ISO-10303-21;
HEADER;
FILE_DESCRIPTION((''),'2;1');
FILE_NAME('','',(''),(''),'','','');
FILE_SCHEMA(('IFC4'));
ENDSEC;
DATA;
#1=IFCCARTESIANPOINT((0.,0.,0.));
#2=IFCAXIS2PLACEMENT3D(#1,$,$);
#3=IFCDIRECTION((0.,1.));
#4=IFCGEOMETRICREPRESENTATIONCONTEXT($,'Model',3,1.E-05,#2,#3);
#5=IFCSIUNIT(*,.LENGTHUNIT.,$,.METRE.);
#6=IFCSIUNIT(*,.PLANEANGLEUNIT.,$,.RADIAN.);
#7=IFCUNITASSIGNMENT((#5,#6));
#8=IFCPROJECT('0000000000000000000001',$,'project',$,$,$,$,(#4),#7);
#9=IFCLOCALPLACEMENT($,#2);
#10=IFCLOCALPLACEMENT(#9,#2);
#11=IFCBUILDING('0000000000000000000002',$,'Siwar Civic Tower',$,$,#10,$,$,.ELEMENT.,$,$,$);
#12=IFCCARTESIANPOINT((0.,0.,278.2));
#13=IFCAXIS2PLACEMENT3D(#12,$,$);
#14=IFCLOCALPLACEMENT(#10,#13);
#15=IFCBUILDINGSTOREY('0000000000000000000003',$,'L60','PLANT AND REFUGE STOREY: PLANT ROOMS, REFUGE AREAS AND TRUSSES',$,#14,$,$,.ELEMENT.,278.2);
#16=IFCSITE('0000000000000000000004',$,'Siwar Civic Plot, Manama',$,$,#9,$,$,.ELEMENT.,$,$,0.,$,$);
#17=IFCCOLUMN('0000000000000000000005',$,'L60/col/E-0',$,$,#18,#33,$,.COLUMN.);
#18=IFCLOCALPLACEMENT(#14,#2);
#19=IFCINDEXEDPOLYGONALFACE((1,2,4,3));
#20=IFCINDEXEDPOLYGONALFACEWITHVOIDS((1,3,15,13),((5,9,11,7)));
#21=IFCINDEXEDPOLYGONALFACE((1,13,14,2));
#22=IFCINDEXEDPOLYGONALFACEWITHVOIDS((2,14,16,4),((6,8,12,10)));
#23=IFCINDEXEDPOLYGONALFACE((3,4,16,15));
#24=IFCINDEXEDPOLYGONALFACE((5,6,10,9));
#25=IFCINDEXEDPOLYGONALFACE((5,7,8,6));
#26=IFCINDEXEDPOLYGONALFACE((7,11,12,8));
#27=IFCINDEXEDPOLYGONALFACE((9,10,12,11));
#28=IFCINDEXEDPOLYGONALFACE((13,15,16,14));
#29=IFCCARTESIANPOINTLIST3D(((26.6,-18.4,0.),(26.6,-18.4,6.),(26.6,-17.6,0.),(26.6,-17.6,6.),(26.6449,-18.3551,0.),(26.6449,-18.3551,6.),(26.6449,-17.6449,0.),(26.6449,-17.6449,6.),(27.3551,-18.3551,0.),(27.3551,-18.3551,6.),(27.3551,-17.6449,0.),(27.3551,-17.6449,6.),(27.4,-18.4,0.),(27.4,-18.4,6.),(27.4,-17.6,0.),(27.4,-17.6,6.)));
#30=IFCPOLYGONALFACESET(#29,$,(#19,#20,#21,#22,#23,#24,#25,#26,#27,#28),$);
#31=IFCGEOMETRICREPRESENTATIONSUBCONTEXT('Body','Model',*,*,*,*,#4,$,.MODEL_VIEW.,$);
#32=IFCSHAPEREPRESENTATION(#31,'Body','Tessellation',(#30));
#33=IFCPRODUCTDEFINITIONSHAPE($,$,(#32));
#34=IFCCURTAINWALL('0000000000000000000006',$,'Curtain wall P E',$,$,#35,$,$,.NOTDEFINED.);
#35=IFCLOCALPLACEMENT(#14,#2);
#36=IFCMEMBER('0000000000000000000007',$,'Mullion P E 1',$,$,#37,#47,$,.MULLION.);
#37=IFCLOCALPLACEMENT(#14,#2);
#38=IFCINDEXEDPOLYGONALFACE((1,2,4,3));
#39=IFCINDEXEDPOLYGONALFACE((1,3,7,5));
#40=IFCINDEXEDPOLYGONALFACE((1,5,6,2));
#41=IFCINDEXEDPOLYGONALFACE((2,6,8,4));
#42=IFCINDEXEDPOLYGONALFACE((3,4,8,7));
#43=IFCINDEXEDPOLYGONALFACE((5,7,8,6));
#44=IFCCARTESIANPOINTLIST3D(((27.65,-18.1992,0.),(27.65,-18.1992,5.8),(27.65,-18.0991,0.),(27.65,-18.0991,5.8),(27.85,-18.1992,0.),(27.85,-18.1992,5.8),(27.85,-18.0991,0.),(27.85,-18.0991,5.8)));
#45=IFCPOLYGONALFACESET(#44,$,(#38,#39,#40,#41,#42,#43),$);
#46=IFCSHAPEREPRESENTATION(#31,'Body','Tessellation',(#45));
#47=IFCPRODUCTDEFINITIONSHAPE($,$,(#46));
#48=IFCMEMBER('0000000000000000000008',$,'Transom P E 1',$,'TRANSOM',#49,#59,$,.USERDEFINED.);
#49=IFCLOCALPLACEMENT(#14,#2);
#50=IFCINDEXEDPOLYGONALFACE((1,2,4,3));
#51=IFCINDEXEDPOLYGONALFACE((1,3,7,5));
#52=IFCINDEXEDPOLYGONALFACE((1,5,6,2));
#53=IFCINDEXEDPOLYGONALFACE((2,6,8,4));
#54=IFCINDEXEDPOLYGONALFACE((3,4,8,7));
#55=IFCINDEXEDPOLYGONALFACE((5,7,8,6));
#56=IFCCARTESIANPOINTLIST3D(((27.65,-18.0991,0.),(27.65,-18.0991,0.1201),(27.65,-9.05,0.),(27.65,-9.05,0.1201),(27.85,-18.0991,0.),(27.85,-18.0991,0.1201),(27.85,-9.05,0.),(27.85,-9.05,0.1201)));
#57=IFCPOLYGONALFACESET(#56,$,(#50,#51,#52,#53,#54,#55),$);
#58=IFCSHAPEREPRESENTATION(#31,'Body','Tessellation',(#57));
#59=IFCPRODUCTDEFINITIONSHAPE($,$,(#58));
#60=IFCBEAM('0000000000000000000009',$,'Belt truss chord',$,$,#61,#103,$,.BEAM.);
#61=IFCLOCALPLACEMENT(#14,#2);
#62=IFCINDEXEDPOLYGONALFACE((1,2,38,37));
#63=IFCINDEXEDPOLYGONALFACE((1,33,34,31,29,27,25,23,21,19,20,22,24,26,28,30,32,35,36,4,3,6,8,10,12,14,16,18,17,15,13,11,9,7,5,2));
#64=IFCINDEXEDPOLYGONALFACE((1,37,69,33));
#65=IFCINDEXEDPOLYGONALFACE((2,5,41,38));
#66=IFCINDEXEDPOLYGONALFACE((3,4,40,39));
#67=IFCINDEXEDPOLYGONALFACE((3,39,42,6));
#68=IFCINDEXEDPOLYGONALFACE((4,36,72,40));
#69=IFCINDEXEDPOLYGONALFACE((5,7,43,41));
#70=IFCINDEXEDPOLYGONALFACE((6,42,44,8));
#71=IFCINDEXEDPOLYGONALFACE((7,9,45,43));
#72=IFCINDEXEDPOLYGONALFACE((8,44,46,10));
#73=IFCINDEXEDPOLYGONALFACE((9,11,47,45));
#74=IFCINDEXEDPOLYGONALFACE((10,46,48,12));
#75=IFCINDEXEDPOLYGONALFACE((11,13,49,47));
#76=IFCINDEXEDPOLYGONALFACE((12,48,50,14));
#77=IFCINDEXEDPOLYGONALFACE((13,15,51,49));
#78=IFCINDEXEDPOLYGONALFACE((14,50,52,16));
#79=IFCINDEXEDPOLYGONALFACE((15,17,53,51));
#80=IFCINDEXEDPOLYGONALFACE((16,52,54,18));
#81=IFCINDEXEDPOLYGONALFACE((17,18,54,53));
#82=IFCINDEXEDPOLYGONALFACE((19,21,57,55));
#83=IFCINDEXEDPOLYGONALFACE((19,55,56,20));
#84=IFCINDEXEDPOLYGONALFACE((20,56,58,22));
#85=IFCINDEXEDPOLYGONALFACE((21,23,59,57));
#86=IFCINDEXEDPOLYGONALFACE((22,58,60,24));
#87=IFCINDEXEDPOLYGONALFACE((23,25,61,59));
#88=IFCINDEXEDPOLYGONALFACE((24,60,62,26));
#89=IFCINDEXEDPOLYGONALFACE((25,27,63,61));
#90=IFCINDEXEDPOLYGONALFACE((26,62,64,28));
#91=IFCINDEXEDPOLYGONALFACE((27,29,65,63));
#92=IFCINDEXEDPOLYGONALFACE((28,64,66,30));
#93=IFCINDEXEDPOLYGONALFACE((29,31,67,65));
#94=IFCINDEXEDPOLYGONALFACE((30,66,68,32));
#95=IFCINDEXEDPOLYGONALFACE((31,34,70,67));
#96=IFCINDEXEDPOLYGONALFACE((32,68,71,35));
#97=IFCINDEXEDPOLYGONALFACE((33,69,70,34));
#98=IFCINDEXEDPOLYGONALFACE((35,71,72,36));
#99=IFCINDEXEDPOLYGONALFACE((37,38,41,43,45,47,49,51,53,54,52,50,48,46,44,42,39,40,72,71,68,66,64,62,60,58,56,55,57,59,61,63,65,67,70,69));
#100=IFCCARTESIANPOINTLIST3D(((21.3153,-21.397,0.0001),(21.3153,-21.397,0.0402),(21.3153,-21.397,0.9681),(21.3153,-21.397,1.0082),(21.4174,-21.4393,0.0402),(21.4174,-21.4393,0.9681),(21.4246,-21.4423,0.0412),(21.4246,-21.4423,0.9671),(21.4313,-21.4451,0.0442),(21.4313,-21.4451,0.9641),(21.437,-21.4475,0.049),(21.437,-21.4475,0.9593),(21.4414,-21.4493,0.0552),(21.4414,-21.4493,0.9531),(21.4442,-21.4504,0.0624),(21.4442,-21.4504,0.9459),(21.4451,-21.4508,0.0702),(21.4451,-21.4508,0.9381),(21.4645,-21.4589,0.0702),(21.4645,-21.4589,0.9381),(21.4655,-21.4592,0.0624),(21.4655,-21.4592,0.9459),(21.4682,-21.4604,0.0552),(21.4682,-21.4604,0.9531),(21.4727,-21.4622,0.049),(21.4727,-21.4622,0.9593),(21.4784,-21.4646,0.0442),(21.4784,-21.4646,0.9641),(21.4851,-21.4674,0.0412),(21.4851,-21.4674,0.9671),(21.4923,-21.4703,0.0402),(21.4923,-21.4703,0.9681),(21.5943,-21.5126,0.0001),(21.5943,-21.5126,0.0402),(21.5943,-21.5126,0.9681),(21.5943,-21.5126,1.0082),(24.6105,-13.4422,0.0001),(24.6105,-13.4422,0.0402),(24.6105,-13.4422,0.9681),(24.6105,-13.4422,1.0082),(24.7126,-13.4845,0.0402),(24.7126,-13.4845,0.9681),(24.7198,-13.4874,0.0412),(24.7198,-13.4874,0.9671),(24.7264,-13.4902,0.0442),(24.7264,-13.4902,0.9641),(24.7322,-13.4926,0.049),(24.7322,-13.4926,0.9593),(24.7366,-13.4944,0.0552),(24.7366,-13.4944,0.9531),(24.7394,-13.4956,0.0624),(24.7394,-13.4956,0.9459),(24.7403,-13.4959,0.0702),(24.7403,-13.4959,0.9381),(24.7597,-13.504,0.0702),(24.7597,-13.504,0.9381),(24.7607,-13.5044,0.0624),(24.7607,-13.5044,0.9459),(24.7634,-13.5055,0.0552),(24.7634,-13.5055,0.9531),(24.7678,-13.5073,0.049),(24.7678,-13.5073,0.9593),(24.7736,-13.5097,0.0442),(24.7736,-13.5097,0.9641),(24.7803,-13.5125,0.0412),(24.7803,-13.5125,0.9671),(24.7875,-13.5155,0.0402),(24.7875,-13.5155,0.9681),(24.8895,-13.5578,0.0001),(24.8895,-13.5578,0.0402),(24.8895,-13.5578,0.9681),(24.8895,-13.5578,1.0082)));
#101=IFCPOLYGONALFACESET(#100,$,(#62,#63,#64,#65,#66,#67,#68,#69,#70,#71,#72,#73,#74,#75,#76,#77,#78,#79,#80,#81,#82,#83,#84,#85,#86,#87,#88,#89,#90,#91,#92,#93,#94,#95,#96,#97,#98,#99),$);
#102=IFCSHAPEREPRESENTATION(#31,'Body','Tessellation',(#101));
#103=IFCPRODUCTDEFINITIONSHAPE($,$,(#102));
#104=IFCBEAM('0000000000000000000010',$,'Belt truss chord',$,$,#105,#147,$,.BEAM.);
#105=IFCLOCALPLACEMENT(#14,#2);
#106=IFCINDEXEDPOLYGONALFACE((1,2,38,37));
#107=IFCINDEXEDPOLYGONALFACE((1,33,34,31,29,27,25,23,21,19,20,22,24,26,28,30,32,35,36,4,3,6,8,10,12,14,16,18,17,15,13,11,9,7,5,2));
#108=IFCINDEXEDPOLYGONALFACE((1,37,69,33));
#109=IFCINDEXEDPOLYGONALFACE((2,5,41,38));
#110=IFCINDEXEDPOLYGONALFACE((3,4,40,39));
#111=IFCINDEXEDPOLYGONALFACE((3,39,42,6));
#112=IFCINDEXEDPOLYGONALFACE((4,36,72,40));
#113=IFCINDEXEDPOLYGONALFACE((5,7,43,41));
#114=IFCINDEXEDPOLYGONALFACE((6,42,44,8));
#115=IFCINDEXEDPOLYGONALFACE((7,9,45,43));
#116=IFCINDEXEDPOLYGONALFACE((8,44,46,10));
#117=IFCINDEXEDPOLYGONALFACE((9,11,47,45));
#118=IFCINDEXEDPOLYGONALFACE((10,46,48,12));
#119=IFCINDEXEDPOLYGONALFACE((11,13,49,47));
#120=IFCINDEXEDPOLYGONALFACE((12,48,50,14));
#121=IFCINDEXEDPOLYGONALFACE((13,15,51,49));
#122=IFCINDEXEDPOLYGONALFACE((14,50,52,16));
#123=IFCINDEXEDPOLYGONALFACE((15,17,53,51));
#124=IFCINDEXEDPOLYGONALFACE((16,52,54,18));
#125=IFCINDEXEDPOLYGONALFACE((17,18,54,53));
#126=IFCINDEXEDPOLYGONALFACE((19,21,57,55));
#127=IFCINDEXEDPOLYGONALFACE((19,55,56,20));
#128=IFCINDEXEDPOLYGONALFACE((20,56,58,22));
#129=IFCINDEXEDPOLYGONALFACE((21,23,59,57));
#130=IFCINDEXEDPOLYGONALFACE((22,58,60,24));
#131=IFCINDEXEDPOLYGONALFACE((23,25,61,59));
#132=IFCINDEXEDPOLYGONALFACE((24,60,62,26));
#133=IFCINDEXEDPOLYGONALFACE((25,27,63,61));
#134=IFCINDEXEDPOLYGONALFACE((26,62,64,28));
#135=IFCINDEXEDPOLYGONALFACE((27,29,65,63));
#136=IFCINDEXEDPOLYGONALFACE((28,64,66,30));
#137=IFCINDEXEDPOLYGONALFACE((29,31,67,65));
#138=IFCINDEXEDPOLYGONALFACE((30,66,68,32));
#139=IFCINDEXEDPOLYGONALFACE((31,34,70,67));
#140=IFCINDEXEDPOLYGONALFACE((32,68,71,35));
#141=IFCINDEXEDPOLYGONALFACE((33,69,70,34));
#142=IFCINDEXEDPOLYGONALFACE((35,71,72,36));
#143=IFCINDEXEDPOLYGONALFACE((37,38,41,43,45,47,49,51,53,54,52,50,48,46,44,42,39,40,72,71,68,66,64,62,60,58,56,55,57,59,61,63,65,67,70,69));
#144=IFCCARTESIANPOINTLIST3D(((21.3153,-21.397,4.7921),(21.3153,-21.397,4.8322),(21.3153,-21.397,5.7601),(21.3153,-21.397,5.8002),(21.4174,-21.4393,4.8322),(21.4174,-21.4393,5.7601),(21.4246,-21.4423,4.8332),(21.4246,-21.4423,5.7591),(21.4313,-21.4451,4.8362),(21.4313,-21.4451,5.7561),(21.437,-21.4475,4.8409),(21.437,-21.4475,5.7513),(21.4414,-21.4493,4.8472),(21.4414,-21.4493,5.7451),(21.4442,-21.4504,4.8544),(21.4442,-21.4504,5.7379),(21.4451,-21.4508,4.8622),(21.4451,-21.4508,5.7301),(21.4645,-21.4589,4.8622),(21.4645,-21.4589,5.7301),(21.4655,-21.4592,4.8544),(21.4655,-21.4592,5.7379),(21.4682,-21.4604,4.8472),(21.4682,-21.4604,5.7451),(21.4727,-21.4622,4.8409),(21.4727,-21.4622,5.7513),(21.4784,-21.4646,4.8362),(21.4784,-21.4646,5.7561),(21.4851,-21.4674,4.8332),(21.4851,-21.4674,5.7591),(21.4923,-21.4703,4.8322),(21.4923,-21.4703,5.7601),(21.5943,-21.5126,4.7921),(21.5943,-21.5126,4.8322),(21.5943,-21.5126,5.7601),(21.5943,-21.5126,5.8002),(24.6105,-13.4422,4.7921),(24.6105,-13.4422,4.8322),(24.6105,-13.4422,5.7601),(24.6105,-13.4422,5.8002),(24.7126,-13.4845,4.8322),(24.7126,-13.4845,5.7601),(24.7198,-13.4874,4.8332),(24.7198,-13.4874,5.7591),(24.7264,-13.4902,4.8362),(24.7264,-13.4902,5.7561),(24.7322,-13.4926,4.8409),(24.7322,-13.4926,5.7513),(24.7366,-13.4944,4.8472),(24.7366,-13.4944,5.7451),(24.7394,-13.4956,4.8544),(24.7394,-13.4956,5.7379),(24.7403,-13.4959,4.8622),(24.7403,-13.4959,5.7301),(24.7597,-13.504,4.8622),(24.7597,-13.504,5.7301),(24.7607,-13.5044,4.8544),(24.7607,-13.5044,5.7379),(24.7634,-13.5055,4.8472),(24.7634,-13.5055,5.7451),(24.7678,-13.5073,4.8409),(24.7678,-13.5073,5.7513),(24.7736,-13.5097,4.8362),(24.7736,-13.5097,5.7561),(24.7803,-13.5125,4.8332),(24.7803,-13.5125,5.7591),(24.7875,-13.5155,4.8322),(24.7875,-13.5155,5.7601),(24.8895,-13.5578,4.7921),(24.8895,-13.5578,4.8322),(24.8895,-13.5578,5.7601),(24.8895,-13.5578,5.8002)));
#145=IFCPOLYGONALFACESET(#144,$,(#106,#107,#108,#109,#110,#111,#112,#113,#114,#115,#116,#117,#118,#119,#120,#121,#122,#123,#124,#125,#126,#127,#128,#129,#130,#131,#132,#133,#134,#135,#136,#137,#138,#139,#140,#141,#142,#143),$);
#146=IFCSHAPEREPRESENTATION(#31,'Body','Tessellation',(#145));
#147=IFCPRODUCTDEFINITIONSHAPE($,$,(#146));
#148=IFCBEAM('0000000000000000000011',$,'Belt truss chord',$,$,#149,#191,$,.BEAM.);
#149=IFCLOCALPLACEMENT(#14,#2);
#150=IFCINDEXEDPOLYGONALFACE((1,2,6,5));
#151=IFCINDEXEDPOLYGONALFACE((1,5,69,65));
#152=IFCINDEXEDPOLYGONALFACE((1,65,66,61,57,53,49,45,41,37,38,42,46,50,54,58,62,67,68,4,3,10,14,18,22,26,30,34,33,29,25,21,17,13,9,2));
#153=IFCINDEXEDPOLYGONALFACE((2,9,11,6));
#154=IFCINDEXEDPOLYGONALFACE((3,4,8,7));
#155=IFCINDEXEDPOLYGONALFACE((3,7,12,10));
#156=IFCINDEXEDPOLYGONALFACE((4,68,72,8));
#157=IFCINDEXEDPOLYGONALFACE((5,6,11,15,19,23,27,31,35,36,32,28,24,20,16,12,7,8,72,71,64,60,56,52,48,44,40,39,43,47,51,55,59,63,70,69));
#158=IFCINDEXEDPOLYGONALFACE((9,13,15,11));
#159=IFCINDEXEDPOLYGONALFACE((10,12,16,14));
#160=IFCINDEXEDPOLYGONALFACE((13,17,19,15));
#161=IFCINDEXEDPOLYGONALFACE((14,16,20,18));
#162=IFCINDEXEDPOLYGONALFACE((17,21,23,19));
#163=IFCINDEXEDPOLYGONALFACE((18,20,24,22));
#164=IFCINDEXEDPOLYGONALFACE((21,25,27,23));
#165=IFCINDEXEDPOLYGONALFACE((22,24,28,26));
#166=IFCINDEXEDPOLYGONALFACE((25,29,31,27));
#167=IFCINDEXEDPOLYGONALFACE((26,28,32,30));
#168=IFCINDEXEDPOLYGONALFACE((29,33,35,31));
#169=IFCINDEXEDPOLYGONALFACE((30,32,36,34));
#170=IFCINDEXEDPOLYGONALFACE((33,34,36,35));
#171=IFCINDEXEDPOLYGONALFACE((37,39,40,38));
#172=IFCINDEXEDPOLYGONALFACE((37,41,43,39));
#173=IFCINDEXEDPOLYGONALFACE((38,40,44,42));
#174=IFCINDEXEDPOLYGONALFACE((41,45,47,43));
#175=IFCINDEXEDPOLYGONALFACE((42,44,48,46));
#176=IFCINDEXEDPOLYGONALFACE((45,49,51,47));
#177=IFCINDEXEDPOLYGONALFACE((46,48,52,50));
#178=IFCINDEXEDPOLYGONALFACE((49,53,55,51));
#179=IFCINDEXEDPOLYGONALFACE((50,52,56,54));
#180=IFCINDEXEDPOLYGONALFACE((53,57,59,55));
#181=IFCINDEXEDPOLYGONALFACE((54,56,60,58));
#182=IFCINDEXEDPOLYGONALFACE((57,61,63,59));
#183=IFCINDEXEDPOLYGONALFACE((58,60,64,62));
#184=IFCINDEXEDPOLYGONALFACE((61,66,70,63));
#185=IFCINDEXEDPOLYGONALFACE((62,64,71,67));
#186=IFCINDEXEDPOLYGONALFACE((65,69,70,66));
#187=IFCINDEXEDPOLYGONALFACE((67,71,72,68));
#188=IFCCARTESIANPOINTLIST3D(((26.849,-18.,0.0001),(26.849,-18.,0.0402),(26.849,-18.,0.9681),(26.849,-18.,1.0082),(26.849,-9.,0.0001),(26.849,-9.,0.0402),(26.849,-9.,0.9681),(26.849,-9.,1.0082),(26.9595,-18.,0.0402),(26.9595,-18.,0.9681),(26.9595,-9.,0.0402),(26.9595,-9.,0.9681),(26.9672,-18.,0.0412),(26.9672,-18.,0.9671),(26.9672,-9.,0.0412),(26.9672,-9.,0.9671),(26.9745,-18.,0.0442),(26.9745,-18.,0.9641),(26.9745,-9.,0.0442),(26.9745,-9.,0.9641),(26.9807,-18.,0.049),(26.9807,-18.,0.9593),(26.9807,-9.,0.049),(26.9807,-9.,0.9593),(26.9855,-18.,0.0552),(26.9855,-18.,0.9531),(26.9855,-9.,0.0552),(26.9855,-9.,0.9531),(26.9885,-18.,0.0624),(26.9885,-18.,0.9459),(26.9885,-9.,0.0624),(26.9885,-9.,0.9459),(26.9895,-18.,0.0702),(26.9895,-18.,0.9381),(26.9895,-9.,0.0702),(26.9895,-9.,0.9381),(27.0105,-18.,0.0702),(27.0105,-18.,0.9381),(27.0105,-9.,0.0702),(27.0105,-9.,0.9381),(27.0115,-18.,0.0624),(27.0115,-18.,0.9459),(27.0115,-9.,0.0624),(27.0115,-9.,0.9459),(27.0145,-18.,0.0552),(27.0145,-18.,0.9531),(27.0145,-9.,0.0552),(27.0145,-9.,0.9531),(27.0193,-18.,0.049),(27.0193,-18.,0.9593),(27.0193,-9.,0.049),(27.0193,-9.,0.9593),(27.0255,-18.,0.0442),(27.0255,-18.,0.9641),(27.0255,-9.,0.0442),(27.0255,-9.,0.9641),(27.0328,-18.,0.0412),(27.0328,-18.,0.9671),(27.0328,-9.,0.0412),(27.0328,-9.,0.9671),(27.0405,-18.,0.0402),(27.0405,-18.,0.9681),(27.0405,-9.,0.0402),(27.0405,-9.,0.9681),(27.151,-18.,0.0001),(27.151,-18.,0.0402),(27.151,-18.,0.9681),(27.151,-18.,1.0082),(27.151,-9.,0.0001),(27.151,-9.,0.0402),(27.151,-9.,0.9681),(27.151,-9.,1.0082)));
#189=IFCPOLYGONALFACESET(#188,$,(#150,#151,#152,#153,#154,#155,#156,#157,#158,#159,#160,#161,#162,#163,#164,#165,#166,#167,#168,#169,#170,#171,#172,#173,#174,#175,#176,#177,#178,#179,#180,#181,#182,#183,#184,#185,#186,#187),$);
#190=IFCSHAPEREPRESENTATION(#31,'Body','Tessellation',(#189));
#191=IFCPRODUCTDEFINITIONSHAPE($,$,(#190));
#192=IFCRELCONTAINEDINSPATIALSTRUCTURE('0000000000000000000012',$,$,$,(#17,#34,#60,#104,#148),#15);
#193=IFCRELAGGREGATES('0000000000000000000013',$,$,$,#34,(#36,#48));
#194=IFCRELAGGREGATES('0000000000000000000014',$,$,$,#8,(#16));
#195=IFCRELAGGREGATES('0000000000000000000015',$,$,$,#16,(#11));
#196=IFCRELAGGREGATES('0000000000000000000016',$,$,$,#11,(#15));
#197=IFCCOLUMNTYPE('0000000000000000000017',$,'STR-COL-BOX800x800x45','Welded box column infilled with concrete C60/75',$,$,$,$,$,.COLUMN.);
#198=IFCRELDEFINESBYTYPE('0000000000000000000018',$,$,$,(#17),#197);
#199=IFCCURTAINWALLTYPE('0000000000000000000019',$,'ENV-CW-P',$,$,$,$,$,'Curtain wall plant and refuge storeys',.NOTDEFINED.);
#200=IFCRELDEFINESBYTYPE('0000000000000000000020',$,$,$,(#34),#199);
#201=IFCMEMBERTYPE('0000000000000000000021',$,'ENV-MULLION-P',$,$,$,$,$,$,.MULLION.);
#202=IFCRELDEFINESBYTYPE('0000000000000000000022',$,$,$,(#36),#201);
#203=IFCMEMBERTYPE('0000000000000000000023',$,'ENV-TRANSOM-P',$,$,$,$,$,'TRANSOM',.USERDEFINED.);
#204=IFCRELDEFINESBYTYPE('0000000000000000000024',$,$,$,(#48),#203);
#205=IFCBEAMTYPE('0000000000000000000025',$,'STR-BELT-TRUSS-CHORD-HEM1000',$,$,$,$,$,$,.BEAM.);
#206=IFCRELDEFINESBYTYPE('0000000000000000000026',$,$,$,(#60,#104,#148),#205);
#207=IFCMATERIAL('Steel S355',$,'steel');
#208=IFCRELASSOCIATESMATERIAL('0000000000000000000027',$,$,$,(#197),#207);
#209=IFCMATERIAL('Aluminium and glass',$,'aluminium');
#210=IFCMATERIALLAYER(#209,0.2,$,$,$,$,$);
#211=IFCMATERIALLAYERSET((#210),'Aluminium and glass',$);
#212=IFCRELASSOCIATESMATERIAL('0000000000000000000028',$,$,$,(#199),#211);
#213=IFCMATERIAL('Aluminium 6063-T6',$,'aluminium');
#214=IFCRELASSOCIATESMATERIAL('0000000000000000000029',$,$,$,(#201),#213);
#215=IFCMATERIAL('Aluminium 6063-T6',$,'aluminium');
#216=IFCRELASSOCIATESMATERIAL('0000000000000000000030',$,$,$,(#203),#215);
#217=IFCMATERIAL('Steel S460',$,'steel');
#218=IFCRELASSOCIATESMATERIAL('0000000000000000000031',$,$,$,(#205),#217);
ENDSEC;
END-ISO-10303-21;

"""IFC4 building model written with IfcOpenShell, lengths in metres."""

from ifc_helpers import new_model, si_unit, direction, frame, origin, origin_2d, place, context, subcontext, project, spatial, rectangle, hollow_rectangle, i_section, extrude, material, layer, layer_set, material_profile, profile_set, type_object, element, aggregate, save


model = new_model("IFC4")

# Units and contexts
model_context = context("Model", 3, precision=1e-05, world=origin(), true_north=direction((0.0, 1.0)))
body_context = subcontext(model_context, "Body", "Model", "MODEL_VIEW")
ifc_project = project(units=[si_unit("LENGTHUNIT", "METRE"), si_unit("PLANEANGLEUNIT", "RADIAN")], contexts=[model_context])

# Site, building, storey
site_placement = place(None, origin())
site = spatial("IfcSite", under=ifc_project, at=site_placement, Name="Siwar Civic Plot, Manama", CompositionType="ELEMENT", RefElevation=0.0)
building_placement = place(site_placement, origin())
building = spatial("IfcBuilding", under=site, at=building_placement, Name="Siwar Civic Tower", CompositionType="ELEMENT")
storey_placement = place(building_placement, frame((0.0, 0.0, 278.2)))
storey = spatial("IfcBuildingStorey", under=building, at=storey_placement, Name="L60", Description="PLANT AND REFUGE STOREY: PLANT ROOMS, REFUGE AREAS AND TRUSSES", CompositionType="ELEMENT", Elevation=278.2)

# Column
ifc_material_1 = material(Name="Steel S355", Category="steel")
ifc_material_profile_1 = material_profile(ifc_material_1, hollow_rectangle(XDim=0.8, YDim=0.8, WallThickness=0.0449, at=origin_2d()), Name="BOX800x800x45")
ifc_profile_set_1 = profile_set([ifc_material_profile_1], Name="Steel S355")
column_type = type_object("IfcColumnType", Name="STR-COL-BOX800x800x45", Description="Welded box column infilled with concrete C60/75", PredefinedType="COLUMN", material=ifc_profile_set_1)
column_placement = place(storey_placement, frame((27.0, -18.0, 0.0), z_axis=(0.0, 0.0, 1.0), x_axis=(1.0, 0.0, 0.0)))
element("IfcColumn", 1, at=column_placement, inside=storey, type_object=column_type, Name="L60/col/E-0", PredefinedType="COLUMN", context=body_context, shape_type="SweptSolid", body=[
    extrude(hollow_rectangle(XDim=0.8, YDim=0.8, WallThickness=0.0449, at=origin_2d()), origin(), (0.0, 0.0, 1.0), 6.0),
])

# Curtain wall, members
ifc_material_2 = material(Name="Aluminium and glass", Category="aluminium")
ifc_layer_1 = layer(ifc_material_2, 0.2)
ifc_layer_set_1 = layer_set([ifc_layer_1], Name="Aluminium and glass")
curtain_wall_type = type_object("IfcCurtainWallType", Name="ENV-CW-P", ElementType="Curtain wall plant and refuge storeys", PredefinedType="NOTDEFINED", material=ifc_layer_set_1)
curtain_wall_placement = place(storey_placement, origin())
curtain_wall = element("IfcCurtainWall", 2, at=curtain_wall_placement, inside=storey, type_object=curtain_wall_type, Name="Curtain wall P E", PredefinedType="NOTDEFINED")
ifc_material_3 = material(Name="Aluminium 6063-T6", Category="aluminium")
ifc_material_profile_2 = material_profile(ifc_material_3, rectangle(XDim=0.2, YDim=0.1001, at=origin_2d()), Name="AL 200x100")
ifc_profile_set_2 = profile_set([ifc_material_profile_2], Name="Aluminium 6063-T6")
member_type_1 = type_object("IfcMemberType", Name="ENV-MULLION-P", PredefinedType="MULLION", material=ifc_profile_set_2)
member_1_placement = place(storey_placement, frame((27.75, -18.1492, 0.0), z_axis=(0.0, 0.0, 1.0), x_axis=(-1.0, 0.0, 0.0)))
member_1 = element("IfcMember", 3, at=member_1_placement, type_object=member_type_1, Name="Mullion P E 1", PredefinedType="MULLION", context=body_context, shape_type="SweptSolid", body=[
    extrude(rectangle(XDim=0.2, YDim=0.1001, at=origin_2d()), origin(), (0.0, 0.0, 1.0), 5.8),
])
ifc_material_4 = material(Name="Aluminium 6063-T6", Category="aluminium")
ifc_material_profile_3 = material_profile(ifc_material_4, rectangle(XDim=0.2, YDim=0.1201, at=origin_2d()), Name="AL 200x120")
ifc_profile_set_3 = profile_set([ifc_material_profile_3], Name="Aluminium 6063-T6")
member_type_2 = type_object("IfcMemberType", Name="ENV-TRANSOM-P", ElementType="TRANSOM", PredefinedType="USERDEFINED", material=ifc_profile_set_3)
member_2_placement = place(storey_placement, frame((27.75, -18.0991, 0.0601), z_axis=(0.0, 1.0, 0.0), x_axis=(-1.0, 0.0, 0.0)))
member_2 = element("IfcMember", 4, at=member_2_placement, type_object=member_type_2, Name="Transom P E 1", ObjectType="TRANSOM", PredefinedType="USERDEFINED", context=body_context, shape_type="SweptSolid", body=[
    extrude(rectangle(XDim=0.2, YDim=0.1201, at=origin_2d()), origin(), (0.0, 0.0, 1.0), 9.0491),
])

# Beams
ifc_material_5 = material(Name="Steel S460", Category="steel")
ifc_material_profile_4 = material_profile(ifc_material_5, i_section(OverallWidth=0.302, OverallDepth=1.0081, WebThickness=0.021, FlangeThickness=0.04, FilletRadius=0.03, at=origin_2d()), Name="HEM1000")
ifc_profile_set_4 = profile_set([ifc_material_profile_4], Name="Steel S460")
beam_type_1 = type_object("IfcBeamType", Name="STR-BELT-TRUSS-CHORD-HEM1000", PredefinedType="BEAM", material=ifc_profile_set_4)
for number, where, z_axis, x_axis, name in (
    (5, (21.4548, -21.4548, 0.5042), (0.3827, 0.923873, 0.0), (-0.923873, 0.3827, 0.0), "Belt truss chord"),
    (6, (21.4548, -21.4548, 5.2961), (0.3827, 0.923873, 0.0), (-0.923873, 0.3827, 0.0), "Belt truss chord"),
):
    element("IfcBeam", number, at=place(storey_placement, frame(where, z_axis=z_axis, x_axis=x_axis)), inside=storey, type_object=beam_type_1, Name=name, PredefinedType="BEAM", context=body_context, shape_type="SweptSolid", body=[
        extrude(i_section(OverallWidth=0.302, OverallDepth=1.0081, WebThickness=0.021, FlangeThickness=0.04, FilletRadius=0.03, at=origin_2d()), origin(), (0.0, 0.0, 1.0), 8.6104),
    ])
for number, where, z_axis, x_axis, name in (
    (7, (27.0, -18.0, 0.5042), (0.0, 1.0, 0.0), (-1.0, 0.0, 0.0), "Belt truss chord"),
):
    element("IfcBeam", number, at=place(storey_placement, frame(where, z_axis=z_axis, x_axis=x_axis)), inside=storey, type_object=beam_type_1, Name=name, PredefinedType="BEAM", context=body_context, shape_type="SweptSolid", body=[
        extrude(i_section(OverallWidth=0.302, OverallDepth=1.0081, WebThickness=0.021, FlangeThickness=0.04, FilletRadius=0.03, at=origin_2d()), origin(), (0.0, 0.0, 1.0), 9.0),
    ])

aggregate(curtain_wall, [member_1, member_2])

save(model, "model.ifc")
